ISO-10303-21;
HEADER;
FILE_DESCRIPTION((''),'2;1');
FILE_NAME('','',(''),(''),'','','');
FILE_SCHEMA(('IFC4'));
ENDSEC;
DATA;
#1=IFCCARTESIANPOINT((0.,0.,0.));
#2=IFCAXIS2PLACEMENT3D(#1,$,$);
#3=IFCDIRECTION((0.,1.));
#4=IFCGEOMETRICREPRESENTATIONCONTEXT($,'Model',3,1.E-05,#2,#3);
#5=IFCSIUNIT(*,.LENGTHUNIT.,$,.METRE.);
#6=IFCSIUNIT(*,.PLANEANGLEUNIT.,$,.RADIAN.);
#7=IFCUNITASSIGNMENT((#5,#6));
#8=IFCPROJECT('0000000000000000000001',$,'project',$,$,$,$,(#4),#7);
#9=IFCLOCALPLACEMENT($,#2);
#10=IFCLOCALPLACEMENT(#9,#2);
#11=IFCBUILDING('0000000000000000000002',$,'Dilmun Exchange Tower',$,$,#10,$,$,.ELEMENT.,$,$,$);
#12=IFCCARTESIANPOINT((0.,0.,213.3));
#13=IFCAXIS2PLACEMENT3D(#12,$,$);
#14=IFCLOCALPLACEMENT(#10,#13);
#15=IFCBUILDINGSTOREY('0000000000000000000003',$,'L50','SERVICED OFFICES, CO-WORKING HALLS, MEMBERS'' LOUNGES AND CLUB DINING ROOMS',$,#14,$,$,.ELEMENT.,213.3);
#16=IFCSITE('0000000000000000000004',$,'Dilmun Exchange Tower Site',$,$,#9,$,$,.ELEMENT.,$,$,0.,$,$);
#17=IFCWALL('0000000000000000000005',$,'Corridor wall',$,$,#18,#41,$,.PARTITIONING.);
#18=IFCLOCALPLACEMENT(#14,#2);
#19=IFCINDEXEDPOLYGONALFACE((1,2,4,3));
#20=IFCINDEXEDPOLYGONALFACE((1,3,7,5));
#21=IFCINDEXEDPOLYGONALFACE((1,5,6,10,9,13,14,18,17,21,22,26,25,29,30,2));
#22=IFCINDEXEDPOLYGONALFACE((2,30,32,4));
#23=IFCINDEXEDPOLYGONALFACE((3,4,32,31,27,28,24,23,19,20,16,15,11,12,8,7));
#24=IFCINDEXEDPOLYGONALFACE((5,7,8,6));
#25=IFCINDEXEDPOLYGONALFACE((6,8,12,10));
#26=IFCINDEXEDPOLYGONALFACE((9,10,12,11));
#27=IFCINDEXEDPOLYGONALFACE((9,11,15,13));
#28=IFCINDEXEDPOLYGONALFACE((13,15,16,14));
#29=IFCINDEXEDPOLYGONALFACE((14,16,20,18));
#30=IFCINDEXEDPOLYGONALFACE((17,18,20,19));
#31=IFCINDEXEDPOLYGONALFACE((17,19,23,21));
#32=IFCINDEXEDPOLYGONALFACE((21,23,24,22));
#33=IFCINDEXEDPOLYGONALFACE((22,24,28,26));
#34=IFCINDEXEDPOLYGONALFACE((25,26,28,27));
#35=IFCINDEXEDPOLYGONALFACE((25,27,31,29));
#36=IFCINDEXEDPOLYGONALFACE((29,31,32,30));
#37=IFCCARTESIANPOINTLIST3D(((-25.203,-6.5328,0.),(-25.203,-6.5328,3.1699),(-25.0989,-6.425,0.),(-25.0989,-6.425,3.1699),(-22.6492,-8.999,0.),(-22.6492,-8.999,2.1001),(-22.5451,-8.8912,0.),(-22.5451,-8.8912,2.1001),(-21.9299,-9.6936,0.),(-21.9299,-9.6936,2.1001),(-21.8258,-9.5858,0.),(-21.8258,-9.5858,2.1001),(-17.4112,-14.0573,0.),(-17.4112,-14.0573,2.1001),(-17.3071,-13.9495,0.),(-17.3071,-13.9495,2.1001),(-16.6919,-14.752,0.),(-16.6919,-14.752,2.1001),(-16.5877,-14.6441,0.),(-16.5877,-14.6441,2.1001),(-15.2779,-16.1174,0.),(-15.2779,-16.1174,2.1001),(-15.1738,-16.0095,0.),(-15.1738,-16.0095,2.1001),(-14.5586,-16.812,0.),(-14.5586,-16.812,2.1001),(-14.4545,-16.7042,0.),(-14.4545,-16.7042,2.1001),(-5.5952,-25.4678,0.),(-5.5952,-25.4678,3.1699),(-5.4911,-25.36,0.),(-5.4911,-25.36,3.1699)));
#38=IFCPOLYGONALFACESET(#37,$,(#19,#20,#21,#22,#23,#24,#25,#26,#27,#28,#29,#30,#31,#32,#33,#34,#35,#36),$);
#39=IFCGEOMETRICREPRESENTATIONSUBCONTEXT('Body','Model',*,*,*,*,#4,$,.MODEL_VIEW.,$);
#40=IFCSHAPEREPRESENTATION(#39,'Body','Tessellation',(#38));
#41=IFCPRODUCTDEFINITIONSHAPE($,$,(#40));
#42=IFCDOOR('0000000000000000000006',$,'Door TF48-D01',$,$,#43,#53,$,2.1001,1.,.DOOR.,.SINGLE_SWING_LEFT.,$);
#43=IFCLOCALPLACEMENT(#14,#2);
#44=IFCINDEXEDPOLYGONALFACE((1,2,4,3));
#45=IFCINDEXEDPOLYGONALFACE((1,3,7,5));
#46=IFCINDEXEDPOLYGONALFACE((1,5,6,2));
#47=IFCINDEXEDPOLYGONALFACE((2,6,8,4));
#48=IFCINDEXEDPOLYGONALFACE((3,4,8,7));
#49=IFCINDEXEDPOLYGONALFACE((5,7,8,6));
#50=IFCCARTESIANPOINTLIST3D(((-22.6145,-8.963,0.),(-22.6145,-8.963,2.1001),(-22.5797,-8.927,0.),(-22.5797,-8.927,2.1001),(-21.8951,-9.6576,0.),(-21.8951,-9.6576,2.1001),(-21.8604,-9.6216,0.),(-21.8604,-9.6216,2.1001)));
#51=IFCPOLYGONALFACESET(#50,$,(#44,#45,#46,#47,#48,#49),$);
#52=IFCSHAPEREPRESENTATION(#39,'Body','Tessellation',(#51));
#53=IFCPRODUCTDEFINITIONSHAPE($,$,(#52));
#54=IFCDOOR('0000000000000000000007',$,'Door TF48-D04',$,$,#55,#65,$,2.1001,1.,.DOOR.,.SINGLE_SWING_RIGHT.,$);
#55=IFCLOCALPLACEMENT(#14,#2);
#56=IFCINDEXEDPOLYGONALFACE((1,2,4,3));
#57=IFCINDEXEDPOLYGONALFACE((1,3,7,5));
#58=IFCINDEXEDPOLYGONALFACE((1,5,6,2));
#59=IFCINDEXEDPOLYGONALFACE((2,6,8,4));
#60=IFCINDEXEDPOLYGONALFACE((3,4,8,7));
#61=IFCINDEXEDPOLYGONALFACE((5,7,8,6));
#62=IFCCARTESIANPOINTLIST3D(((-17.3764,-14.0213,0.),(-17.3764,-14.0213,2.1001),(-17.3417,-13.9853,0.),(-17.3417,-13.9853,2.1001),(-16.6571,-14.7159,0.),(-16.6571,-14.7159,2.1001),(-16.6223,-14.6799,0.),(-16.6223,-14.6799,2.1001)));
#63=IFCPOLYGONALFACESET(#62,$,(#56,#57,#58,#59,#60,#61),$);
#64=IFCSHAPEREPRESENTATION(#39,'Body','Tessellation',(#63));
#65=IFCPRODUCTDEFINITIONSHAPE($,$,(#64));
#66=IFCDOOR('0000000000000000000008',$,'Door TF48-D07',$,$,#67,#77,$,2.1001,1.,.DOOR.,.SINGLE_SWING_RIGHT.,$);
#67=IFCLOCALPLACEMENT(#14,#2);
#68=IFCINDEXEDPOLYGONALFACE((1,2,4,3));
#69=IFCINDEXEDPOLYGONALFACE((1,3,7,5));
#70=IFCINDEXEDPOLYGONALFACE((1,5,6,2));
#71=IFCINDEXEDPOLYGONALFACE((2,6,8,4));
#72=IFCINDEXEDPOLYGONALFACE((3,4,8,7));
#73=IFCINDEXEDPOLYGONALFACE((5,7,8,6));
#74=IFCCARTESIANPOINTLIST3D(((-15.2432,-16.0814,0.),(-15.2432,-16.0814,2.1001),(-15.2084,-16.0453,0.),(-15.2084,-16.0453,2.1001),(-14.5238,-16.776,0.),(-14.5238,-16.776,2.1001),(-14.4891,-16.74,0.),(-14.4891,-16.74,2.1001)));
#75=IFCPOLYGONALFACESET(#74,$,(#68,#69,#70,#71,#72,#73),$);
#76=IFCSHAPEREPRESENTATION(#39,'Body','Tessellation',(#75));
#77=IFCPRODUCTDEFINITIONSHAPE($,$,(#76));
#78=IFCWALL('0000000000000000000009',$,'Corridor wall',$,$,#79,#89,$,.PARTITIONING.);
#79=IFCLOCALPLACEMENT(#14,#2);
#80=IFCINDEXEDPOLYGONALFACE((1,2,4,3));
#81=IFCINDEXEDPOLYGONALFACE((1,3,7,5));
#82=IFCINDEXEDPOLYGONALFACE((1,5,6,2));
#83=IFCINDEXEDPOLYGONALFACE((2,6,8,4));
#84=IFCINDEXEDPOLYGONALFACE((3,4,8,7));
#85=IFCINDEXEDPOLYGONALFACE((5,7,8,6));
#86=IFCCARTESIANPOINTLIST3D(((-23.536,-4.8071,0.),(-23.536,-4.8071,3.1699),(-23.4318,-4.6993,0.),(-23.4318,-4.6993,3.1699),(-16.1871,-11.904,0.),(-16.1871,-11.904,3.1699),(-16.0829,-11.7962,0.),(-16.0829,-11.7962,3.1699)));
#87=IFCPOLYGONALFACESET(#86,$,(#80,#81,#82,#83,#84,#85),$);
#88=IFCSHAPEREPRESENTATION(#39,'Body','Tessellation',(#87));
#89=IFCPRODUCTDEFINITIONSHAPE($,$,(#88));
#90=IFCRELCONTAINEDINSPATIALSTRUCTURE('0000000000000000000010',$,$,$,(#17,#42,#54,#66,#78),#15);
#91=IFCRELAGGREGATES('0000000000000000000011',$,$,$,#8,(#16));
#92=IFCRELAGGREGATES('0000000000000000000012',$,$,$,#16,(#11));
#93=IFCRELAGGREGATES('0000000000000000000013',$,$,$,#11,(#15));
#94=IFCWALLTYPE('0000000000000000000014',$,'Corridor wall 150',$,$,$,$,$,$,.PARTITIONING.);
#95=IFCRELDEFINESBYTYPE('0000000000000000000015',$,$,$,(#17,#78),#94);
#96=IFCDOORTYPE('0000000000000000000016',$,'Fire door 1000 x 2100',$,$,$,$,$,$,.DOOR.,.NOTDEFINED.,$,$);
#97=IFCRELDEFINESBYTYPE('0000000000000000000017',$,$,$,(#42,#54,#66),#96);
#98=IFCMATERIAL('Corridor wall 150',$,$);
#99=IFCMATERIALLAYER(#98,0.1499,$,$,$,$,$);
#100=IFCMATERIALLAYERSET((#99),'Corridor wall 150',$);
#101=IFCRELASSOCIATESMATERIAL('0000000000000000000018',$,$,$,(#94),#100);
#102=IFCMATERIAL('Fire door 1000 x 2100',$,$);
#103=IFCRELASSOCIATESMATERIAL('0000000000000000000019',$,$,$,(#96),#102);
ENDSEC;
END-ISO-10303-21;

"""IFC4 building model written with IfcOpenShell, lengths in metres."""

from ifc_helpers import new_model, si_unit, direction, frame, frame_2d, origin, place, context, subcontext, project, spatial, rectangle, extrude, material, layer, layer_set, type_object, element, fill, save


model = new_model("IFC4")

# Units and contexts
model_context = context("Model", 3, precision=1e-05, world=origin(), true_north=direction((0.0, 1.0)))
body_context = subcontext(model_context, "Body", "Model", "MODEL_VIEW")
ifc_project = project(units=[si_unit("LENGTHUNIT", "METRE"), si_unit("PLANEANGLEUNIT", "RADIAN")], contexts=[model_context])

# Site, building, storey
site_placement = place(None, origin())
site = spatial("IfcSite", under=ifc_project, at=site_placement, Name="Dilmun Exchange Tower Site", CompositionType="ELEMENT", RefElevation=0.0)
building_placement = place(site_placement, origin())
building = spatial("IfcBuilding", under=site, at=building_placement, Name="Dilmun Exchange Tower", CompositionType="ELEMENT")
storey_placement = place(building_placement, frame((0.0, 0.0, 213.3)))
storey = spatial("IfcBuildingStorey", under=building, at=storey_placement, Name="L50", Description="SERVICED OFFICES, CO-WORKING HALLS, MEMBERS' LOUNGES AND CLUB DINING ROOMS", CompositionType="ELEMENT", Elevation=213.3)

# Shared definitions
ifc_material_1 = material(Name="Corridor wall 150")
ifc_layer = layer(ifc_material_1, 0.1499)
ifc_layer_set = layer_set([ifc_layer], Name="Corridor wall 150")
wall_type = type_object("IfcWallType", Name="Corridor wall 150", PredefinedType="PARTITIONING", material=ifc_layer_set)
ifc_material_2 = material(Name="Fire door 1000 x 2100")
door_type_1 = type_object("IfcDoorType", Name="Fire door 1000 x 2100", OperationType="NOTDEFINED", PredefinedType="DOOR", material=ifc_material_2)

# Wall, openings, doors
wall_1_placement = place(storey_placement, frame((-25.1509, -6.479, 0.0), z_axis=(0.0, 0.0, 1.0), x_axis=(0.719341, -0.694657, 0.0)))
wall_1 = element("IfcWall", 1, at=wall_1_placement, inside=storey, type_object=wall_type, Name="Corridor wall", PredefinedType="PARTITIONING", context=body_context, shape_type="SweptSolid", body=[
    extrude(rectangle(XDim=27.2581, YDim=0.1499, at=frame_2d((13.6289, 0.0))), origin(), (0.0, 0.0, 1.0), 3.1699),
])
opening_1_placement = place(wall_1_placement, frame((3.55, 0.0, 0.0)))
opening_1 = element("IfcOpeningElement", 2, at=opening_1_placement, cuts=wall_1, PredefinedType="OPENING", context=body_context, shape_type="SweptSolid", body=[
    extrude(rectangle(XDim=1.0, YDim=2.1001, at=frame_2d((0.5, 1.05))), frame((0.0, 0.085, 0.0), z_axis=(0.0, -1.0, 0.0), x_axis=(1.0, 0.0, 0.0)), (0.0, 0.0, 1.0), 0.1699),
])
opening_2_placement = place(wall_1_placement, frame((10.8318, 0.0, 0.0)))
opening_2 = element("IfcOpeningElement", 3, at=opening_2_placement, cuts=wall_1, PredefinedType="OPENING", context=body_context, shape_type="SweptSolid", body=[
    extrude(rectangle(XDim=1.0, YDim=2.1001, at=frame_2d((0.5, 1.05))), frame((0.0, 0.085, 0.0), z_axis=(0.0, -1.0, 0.0), x_axis=(1.0, 0.0, 0.0)), (0.0, 0.0, 1.0), 0.1699),
])
opening_3_placement = place(wall_1_placement, frame((13.7974, 0.0, 0.0)))
opening_3 = element("IfcOpeningElement", 4, at=opening_3_placement, cuts=wall_1, PredefinedType="OPENING", context=body_context, shape_type="SweptSolid", body=[
    extrude(rectangle(XDim=1.0, YDim=2.1001, at=frame_2d((0.5, 1.05))), frame((0.0, 0.085, 0.0), z_axis=(0.0, -1.0, 0.0), x_axis=(1.0, 0.0, 0.0)), (0.0, 0.0, 1.0), 0.1699),
])
door_1_placement = place(opening_1_placement, frame((1.0, 0.0, 0.0), z_axis=(0.0, 0.0, 1.0), x_axis=(-1.0, 0.0, 0.0)))
door_1 = element("IfcDoor", 5, at=door_1_placement, inside=storey, type_object=door_type_1, Name="Door TF48-D01", OperationType="SINGLE_SWING_LEFT", OverallHeight=2.1001, OverallWidth=1.0, PredefinedType="DOOR", context=body_context, shape_type="SweptSolid", body=[
    extrude(rectangle(XDim=1.0, YDim=2.1001, at=frame_2d((0.5, 1.05))), frame((0.0, 0.0249, 0.0), z_axis=(0.0, -1.0, 0.0), x_axis=(1.0, 0.0, 0.0)), (0.0, 0.0, 1.0), 0.05),
])
fill(opening_1, door_1)
door_2_placement = place(opening_2_placement, frame((1.0, 0.0, 0.0), z_axis=(0.0, 0.0, 1.0), x_axis=(-1.0, 0.0, 0.0)))
door_2 = element("IfcDoor", 6, at=door_2_placement, inside=storey, type_object=door_type_1, Name="Door TF48-D04", OperationType="SINGLE_SWING_RIGHT", OverallHeight=2.1001, OverallWidth=1.0, PredefinedType="DOOR", context=body_context, shape_type="SweptSolid", body=[
    extrude(rectangle(XDim=1.0, YDim=2.1001, at=frame_2d((0.5, 1.05))), frame((0.0, 0.0249, 0.0), z_axis=(0.0, -1.0, 0.0), x_axis=(1.0, 0.0, 0.0)), (0.0, 0.0, 1.0), 0.05),
])
fill(opening_2, door_2)
door_3_placement = place(opening_3_placement, frame((1.0, 0.0, 0.0), z_axis=(0.0, 0.0, 1.0), x_axis=(-1.0, 0.0, 0.0)))
door_3 = element("IfcDoor", 7, at=door_3_placement, inside=storey, type_object=door_type_1, Name="Door TF48-D07", OperationType="SINGLE_SWING_RIGHT", OverallHeight=2.1001, OverallWidth=1.0, PredefinedType="DOOR", context=body_context, shape_type="SweptSolid", body=[
    extrude(rectangle(XDim=1.0, YDim=2.1001, at=frame_2d((0.5, 1.05))), frame((0.0, 0.0249, 0.0), z_axis=(0.0, -1.0, 0.0), x_axis=(1.0, 0.0, 0.0)), (0.0, 0.0, 1.0), 0.05),
])
fill(opening_3, door_3)

# Wall
wall_2_placement = place(storey_placement, frame((-23.4839, -4.7532, 0.0), z_axis=(0.0, 0.0, 1.0), x_axis=(0.71933, -0.694668, 0.0)))
element("IfcWall", 8, at=wall_2_placement, inside=storey, type_object=wall_type, Name="Corridor wall", PredefinedType="PARTITIONING", context=body_context, shape_type="SweptSolid", body=[
    extrude(rectangle(XDim=10.2163, YDim=0.1499, at=frame_2d((5.1082, 0.0))), origin(), (0.0, 0.0, 1.0), 3.1699),
])

save(model, "model.ifc")
